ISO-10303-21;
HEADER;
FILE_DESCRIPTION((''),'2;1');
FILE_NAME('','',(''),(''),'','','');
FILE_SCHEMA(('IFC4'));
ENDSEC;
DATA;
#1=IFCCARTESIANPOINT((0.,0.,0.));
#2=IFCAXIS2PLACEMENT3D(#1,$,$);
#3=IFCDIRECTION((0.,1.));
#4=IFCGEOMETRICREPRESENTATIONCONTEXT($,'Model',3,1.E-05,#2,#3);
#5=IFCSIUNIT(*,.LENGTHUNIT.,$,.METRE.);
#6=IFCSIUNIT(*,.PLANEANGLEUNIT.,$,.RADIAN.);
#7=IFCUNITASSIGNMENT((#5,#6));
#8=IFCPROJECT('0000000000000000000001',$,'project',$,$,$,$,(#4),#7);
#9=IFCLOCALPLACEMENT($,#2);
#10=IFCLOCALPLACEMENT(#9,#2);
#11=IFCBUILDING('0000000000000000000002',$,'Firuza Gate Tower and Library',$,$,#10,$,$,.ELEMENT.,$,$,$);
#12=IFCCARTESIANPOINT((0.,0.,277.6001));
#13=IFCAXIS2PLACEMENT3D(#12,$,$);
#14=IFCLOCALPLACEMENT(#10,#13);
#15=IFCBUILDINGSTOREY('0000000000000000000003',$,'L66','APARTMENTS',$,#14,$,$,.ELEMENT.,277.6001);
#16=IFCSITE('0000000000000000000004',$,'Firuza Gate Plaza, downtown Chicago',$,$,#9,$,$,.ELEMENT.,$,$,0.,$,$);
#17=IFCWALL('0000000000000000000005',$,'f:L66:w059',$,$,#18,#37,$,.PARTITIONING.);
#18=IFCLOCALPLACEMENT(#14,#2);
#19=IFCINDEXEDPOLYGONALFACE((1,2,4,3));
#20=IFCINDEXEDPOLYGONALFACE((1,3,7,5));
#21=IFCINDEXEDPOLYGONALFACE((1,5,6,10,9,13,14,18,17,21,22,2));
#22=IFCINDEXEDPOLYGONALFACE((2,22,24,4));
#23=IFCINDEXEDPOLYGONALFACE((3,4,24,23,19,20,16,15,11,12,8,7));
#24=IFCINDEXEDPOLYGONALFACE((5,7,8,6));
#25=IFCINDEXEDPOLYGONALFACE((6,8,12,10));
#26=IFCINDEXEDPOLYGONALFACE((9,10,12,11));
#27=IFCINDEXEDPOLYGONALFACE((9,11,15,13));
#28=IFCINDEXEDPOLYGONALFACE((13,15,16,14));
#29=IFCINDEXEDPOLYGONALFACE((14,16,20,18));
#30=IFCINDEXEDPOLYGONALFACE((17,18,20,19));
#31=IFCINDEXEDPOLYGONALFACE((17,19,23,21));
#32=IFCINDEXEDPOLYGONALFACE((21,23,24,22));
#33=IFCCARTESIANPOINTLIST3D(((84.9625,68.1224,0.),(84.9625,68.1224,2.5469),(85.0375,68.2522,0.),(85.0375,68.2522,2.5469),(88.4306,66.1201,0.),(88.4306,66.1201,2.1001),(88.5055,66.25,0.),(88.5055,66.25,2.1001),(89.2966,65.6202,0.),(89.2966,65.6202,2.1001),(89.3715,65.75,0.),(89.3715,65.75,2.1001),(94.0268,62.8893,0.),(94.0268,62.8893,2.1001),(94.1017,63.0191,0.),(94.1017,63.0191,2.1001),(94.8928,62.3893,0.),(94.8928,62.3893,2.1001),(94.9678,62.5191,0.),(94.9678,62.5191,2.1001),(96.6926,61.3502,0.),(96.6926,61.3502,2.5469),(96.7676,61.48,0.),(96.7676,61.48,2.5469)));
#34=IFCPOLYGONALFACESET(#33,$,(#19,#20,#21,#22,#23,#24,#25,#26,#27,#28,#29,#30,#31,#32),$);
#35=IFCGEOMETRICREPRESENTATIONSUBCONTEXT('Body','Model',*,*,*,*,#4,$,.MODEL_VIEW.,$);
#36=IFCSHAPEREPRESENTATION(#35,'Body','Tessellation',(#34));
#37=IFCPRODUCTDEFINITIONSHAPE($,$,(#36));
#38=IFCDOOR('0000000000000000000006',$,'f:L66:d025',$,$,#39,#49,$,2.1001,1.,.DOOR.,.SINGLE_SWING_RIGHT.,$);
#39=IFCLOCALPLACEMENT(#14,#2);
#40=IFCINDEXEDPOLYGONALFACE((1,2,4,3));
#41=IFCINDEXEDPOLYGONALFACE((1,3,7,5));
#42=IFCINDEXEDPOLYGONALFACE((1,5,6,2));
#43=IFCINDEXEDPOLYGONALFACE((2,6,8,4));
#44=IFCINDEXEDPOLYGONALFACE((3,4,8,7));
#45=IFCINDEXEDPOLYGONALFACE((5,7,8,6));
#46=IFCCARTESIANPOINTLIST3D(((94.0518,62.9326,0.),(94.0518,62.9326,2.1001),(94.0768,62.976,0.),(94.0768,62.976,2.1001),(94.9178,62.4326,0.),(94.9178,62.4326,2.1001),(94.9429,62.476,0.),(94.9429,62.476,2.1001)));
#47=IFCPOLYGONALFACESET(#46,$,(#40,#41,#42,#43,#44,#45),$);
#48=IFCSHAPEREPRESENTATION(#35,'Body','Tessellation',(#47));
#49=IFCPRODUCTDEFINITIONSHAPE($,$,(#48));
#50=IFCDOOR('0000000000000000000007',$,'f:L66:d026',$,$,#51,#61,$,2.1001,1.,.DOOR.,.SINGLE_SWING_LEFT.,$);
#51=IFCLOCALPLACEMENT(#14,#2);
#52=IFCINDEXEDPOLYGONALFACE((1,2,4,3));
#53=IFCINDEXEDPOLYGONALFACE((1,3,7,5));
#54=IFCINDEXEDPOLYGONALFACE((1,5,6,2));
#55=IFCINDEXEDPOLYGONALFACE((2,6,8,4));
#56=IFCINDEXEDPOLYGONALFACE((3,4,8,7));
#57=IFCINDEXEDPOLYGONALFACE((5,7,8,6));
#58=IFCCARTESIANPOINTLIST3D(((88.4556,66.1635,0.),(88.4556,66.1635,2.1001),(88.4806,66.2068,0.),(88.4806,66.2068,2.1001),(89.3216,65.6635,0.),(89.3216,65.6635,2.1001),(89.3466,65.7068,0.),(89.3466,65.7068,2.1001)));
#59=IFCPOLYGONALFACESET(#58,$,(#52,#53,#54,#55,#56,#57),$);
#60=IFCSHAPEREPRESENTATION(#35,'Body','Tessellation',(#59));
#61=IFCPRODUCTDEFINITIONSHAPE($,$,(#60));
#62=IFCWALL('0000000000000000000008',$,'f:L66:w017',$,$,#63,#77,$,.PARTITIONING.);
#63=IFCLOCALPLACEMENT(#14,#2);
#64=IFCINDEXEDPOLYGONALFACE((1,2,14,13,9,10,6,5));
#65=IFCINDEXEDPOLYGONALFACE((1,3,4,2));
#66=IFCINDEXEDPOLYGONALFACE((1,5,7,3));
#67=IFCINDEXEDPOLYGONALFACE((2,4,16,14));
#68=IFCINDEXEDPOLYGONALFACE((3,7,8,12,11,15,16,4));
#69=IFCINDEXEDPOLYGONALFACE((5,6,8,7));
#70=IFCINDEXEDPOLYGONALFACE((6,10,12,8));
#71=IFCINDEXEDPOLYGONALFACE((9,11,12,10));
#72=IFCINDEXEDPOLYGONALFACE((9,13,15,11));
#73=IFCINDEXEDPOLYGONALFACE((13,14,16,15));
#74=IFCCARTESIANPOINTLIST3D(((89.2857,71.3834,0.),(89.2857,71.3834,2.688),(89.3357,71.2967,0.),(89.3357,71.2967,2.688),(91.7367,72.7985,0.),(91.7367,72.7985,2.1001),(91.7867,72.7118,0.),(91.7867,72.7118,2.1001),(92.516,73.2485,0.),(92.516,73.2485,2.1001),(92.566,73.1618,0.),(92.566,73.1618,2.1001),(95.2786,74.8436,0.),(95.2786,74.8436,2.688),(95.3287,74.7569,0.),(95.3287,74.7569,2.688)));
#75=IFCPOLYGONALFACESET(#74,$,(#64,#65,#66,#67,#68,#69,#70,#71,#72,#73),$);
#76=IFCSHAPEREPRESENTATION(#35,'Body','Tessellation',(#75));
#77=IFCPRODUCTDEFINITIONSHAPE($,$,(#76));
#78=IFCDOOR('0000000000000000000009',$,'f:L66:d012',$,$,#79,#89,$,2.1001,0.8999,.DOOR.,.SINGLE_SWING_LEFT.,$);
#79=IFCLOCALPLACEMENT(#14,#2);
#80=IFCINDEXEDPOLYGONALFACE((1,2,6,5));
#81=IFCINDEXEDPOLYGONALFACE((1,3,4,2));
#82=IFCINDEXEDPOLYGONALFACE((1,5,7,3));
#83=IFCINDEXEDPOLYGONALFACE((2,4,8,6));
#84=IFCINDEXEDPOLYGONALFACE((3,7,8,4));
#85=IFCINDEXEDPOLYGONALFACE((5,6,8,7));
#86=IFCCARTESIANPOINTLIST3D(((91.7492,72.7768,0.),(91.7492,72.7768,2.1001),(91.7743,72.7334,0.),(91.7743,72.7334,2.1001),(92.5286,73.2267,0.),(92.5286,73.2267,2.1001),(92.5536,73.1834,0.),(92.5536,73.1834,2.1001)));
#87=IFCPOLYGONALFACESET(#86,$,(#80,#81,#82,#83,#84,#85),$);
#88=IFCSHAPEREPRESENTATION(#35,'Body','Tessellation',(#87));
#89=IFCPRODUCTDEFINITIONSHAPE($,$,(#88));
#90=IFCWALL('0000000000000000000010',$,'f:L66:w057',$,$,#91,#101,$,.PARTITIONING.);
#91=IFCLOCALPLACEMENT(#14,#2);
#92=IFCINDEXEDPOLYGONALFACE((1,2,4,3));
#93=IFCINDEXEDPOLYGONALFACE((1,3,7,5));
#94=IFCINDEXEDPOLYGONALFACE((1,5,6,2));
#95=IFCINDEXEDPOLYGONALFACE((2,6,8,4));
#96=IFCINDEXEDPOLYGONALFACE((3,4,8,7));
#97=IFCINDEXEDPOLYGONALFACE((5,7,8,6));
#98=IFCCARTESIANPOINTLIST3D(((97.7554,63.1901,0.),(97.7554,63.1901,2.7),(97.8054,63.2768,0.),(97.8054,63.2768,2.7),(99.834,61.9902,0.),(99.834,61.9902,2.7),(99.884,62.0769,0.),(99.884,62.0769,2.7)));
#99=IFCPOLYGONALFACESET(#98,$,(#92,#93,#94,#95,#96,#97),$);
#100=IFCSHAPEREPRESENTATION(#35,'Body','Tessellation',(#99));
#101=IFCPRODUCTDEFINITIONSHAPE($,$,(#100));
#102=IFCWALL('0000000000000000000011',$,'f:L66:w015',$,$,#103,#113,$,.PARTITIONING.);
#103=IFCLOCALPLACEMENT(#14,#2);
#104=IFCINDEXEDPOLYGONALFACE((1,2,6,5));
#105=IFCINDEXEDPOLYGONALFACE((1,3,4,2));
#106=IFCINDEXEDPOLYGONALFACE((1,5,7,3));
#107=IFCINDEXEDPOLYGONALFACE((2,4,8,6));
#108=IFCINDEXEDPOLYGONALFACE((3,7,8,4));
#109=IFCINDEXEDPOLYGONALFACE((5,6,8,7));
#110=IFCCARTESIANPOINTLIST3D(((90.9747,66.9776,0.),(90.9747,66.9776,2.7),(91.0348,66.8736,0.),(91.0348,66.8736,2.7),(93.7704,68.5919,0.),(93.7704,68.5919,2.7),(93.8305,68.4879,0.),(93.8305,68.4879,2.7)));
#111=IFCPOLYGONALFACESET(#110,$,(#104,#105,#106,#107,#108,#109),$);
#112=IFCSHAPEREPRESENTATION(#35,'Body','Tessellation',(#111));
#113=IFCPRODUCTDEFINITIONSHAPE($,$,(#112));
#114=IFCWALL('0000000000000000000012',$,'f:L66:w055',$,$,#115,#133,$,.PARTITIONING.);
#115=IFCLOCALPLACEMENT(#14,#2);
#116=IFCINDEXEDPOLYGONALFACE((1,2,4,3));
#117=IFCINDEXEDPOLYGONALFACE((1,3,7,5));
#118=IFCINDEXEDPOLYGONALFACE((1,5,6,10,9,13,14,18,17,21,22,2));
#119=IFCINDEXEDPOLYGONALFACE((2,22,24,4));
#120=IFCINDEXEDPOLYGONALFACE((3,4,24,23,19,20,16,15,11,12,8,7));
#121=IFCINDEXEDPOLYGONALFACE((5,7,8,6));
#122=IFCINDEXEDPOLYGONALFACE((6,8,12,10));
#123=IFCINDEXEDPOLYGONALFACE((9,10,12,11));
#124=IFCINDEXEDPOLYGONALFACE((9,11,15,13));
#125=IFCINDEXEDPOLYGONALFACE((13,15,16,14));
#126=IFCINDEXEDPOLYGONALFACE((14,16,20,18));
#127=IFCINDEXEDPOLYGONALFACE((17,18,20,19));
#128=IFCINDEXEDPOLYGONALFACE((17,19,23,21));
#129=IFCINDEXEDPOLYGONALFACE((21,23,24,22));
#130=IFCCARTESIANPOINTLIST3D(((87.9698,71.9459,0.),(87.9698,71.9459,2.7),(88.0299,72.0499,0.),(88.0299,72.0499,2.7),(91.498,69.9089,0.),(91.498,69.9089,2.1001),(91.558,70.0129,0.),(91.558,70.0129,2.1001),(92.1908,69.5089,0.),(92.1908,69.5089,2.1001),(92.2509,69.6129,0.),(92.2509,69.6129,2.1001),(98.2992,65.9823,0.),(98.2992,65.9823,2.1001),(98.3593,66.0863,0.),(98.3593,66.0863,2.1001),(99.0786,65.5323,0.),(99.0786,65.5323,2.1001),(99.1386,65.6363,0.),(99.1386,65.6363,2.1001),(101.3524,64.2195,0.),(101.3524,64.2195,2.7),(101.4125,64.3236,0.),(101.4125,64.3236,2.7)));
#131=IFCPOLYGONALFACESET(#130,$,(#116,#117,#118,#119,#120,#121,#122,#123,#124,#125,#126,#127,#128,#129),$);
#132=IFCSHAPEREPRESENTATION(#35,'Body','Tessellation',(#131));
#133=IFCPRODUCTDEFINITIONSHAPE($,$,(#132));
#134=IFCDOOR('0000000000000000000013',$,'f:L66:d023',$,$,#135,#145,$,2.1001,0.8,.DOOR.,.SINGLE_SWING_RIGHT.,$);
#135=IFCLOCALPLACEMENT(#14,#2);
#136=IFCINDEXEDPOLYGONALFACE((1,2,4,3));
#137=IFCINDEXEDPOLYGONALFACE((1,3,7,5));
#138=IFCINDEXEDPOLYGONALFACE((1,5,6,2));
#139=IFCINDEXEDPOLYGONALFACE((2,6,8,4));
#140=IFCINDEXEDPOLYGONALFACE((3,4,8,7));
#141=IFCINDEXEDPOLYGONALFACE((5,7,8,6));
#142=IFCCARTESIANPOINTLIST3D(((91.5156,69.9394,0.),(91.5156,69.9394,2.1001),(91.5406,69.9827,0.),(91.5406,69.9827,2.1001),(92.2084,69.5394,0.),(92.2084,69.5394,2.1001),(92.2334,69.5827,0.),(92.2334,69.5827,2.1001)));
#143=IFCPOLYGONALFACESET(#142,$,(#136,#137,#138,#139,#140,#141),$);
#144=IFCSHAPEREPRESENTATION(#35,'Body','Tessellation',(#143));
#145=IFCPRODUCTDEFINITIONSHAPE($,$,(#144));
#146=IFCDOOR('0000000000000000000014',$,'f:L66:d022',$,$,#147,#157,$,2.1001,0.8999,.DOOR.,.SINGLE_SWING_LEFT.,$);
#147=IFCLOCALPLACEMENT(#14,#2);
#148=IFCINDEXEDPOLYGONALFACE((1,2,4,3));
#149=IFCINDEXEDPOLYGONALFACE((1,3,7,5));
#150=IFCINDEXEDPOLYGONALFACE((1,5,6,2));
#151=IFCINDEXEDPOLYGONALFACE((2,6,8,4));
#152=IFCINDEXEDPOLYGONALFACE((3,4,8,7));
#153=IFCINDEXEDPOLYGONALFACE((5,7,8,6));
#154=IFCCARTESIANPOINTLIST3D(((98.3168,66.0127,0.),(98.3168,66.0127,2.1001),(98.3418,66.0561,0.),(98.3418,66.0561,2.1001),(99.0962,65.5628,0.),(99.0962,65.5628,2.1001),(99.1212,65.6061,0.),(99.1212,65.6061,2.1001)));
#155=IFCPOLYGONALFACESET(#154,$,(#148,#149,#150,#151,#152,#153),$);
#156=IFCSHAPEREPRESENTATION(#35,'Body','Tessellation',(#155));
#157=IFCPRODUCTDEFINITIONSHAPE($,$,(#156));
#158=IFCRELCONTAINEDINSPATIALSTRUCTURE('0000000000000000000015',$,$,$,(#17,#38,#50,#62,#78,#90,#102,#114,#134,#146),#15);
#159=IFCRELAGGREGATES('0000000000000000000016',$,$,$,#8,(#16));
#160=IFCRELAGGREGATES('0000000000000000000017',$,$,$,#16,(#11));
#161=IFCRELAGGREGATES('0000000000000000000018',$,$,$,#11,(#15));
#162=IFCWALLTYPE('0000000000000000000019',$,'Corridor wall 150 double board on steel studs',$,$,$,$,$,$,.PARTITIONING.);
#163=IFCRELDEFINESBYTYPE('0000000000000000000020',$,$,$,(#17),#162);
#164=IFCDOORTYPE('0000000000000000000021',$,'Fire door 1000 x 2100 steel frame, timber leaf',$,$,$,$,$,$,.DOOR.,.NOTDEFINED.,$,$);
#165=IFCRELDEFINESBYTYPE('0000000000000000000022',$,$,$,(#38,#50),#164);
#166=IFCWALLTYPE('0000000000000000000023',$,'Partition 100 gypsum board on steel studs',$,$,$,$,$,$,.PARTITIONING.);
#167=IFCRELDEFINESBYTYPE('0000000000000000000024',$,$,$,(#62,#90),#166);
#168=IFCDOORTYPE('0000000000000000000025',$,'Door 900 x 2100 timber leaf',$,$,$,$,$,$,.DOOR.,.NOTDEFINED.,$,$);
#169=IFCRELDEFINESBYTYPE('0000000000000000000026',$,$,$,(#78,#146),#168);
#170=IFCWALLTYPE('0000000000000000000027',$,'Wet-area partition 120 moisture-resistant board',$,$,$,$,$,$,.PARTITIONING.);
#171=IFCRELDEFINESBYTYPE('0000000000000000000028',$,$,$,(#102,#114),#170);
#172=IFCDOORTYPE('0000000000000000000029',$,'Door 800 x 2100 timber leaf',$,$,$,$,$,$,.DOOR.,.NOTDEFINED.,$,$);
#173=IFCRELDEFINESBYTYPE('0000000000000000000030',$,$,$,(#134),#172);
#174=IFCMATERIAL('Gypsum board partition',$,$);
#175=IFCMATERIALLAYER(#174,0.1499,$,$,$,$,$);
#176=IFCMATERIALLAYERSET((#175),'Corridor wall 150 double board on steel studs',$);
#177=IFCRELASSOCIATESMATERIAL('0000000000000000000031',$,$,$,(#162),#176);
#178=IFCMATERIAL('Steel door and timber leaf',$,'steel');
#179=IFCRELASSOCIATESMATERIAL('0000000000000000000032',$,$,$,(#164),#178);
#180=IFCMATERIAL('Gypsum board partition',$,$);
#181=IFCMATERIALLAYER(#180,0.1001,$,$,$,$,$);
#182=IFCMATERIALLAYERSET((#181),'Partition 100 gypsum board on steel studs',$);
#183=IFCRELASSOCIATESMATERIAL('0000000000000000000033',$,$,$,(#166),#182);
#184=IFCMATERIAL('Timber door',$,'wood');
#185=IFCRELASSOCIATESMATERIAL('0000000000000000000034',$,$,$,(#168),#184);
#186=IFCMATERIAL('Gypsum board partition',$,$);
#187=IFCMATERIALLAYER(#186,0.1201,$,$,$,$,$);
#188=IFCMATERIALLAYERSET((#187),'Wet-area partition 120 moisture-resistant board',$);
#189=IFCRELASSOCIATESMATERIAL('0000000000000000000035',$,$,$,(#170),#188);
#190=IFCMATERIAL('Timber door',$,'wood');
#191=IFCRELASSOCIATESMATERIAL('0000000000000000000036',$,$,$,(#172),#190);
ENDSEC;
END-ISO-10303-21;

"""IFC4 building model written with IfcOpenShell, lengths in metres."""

from ifc_helpers import new_model, si_unit, direction, frame, frame_2d, origin, place, context, subcontext, project, spatial, rectangle, extrude, material, layer, layer_set, type_object, element, fill, save


model = new_model("IFC4")

# Units and contexts
model_context = context("Model", 3, precision=1e-05, world=origin(), true_north=direction((0.0, 1.0)))
body_context = subcontext(model_context, "Body", "Model", "MODEL_VIEW")
ifc_project = project(units=[si_unit("LENGTHUNIT", "METRE"), si_unit("PLANEANGLEUNIT", "RADIAN")], contexts=[model_context])

# Site, building, storey
site_placement = place(None, origin())
site = spatial("IfcSite", under=ifc_project, at=site_placement, Name="Firuza Gate Plaza, downtown Chicago", CompositionType="ELEMENT", RefElevation=0.0)
building_placement = place(site_placement, origin())
building = spatial("IfcBuilding", under=site, at=building_placement, Name="Firuza Gate Tower and Library", CompositionType="ELEMENT")
storey_placement = place(building_placement, frame((0.0, 0.0, 277.6001)))
storey = spatial("IfcBuildingStorey", under=building, at=storey_placement, Name="L66", Description="APARTMENTS", CompositionType="ELEMENT", Elevation=277.6001)

# Shared definitions
ifc_material_1 = material(Name="Gypsum board partition")
ifc_layer_1 = layer(ifc_material_1, 0.1499)
ifc_layer_set_1 = layer_set([ifc_layer_1], Name="Corridor wall 150 double board on steel studs")
wall_type_1 = type_object("IfcWallType", Name="Corridor wall 150 double board on steel studs", PredefinedType="PARTITIONING", material=ifc_layer_set_1)

# Wall, openings, doors
wall_1_placement = place(storey_placement, frame((96.7302, 61.415, 0.0), z_axis=(0.0, 0.0, 1.0), x_axis=(-0.866033, 0.499987, 0.0)))
wall_1 = element("IfcWall", 1, at=wall_1_placement, inside=storey, type_object=wall_type_1, Name="f:L66:w059", PredefinedType="PARTITIONING", context=body_context, shape_type="SweptSolid", body=[
    extrude(rectangle(XDim=13.5447, YDim=0.1499, at=frame_2d((6.7725, 0.0))), origin(), (0.0, 0.0, 1.0), 2.5469),
])
opening_1_placement = place(wall_1_placement, frame((2.0784, 0.0, 0.0)))
opening_1 = element("IfcOpeningElement", 2, at=opening_1_placement, cuts=wall_1, PredefinedType="OPENING", context=body_context, shape_type="SweptSolid", body=[
    extrude(rectangle(XDim=1.0, YDim=2.1001, at=frame_2d((0.5, 1.05))), frame((0.0, 0.085, 0.0), z_axis=(0.0, -1.0, 0.0), x_axis=(1.0, 0.0, 0.0)), (0.0, 0.0, 1.0), 0.1699),
])
opening_2_placement = place(wall_1_placement, frame((8.5403, 0.0, 0.0)))
opening_2 = element("IfcOpeningElement", 3, at=opening_2_placement, cuts=wall_1, PredefinedType="OPENING", context=body_context, shape_type="SweptSolid", body=[
    extrude(rectangle(XDim=1.0, YDim=2.1001, at=frame_2d((0.5, 1.05))), frame((0.0, 0.085, 0.0), z_axis=(0.0, -1.0, 0.0), x_axis=(1.0, 0.0, 0.0)), (0.0, 0.0, 1.0), 0.1699),
])
ifc_material_2 = material(Name="Steel door and timber leaf", Category="steel")
door_type_1 = type_object("IfcDoorType", Name="Fire door 1000 x 2100 steel frame, timber leaf", OperationType="NOTDEFINED", PredefinedType="DOOR", material=ifc_material_2)
door_1_placement = place(opening_1_placement, origin())
door_1 = element("IfcDoor", 4, at=door_1_placement, inside=storey, type_object=door_type_1, Name="f:L66:d025", OperationType="SINGLE_SWING_RIGHT", OverallHeight=2.1001, OverallWidth=1.0, PredefinedType="DOOR", context=body_context, shape_type="SweptSolid", body=[
    extrude(rectangle(XDim=1.0, YDim=2.1001, at=frame_2d((0.5, 1.05))), frame((0.0, 0.0249, 0.0), z_axis=(0.0, -1.0, 0.0), x_axis=(1.0, 0.0, 0.0)), (0.0, 0.0, 1.0), 0.05),
])
fill(opening_1, door_1)
door_2_placement = place(opening_2_placement, origin())
door_2 = element("IfcDoor", 5, at=door_2_placement, inside=storey, type_object=door_type_1, Name="f:L66:d026", OperationType="SINGLE_SWING_LEFT", OverallHeight=2.1001, OverallWidth=1.0, PredefinedType="DOOR", context=body_context, shape_type="SweptSolid", body=[
    extrude(rectangle(XDim=1.0, YDim=2.1001, at=frame_2d((0.5, 1.05))), frame((0.0, 0.0249, 0.0), z_axis=(0.0, -1.0, 0.0), x_axis=(1.0, 0.0, 0.0)), (0.0, 0.0, 1.0), 0.05),
])
fill(opening_2, door_2)

# Wall, opening, door
ifc_material_3 = material(Name="Gypsum board partition")
ifc_layer_2 = layer(ifc_material_3, 0.1001)
ifc_layer_set_2 = layer_set([ifc_layer_2], Name="Partition 100 gypsum board on steel studs")
wall_type_2 = type_object("IfcWallType", Name="Partition 100 gypsum board on steel studs", PredefinedType="PARTITIONING", material=ifc_layer_set_2)
wall_2_placement = place(storey_placement, frame((89.3108, 71.3401, 0.0), z_axis=(0.0, 0.0, 1.0), x_axis=(0.866013, 0.500021, 0.0)))
wall_2 = element("IfcWall", 6, at=wall_2_placement, inside=storey, type_object=wall_type_2, Name="f:L66:w017", PredefinedType="PARTITIONING", context=body_context, shape_type="SweptSolid", body=[
    extrude(rectangle(XDim=6.9202, YDim=0.1001, at=frame_2d((3.46, 0.0))), origin(), (0.0, 0.0, 1.0), 2.688),
])
opening_3_placement = place(wall_2_placement, frame((2.8301, 0.0, 0.0)))
opening_3 = element("IfcOpeningElement", 7, at=opening_3_placement, cuts=wall_2, PredefinedType="OPENING", context=body_context, shape_type="SweptSolid", body=[
    extrude(rectangle(XDim=0.8999, YDim=2.1001, at=frame_2d((0.45, 1.05))), frame((0.0, 0.0601, 0.0), z_axis=(0.0, -1.0, 0.0), x_axis=(1.0, 0.0, 0.0)), (0.0, 0.0, 1.0), 0.1201),
])
ifc_material_4 = material(Name="Timber door", Category="wood")
door_type_2 = type_object("IfcDoorType", Name="Door 900 x 2100 timber leaf", OperationType="NOTDEFINED", PredefinedType="DOOR", material=ifc_material_4)
door_3_placement = place(opening_3_placement, origin())
door_3 = element("IfcDoor", 8, at=door_3_placement, inside=storey, type_object=door_type_2, Name="f:L66:d012", OperationType="SINGLE_SWING_LEFT", OverallHeight=2.1001, OverallWidth=0.8999, PredefinedType="DOOR", context=body_context, shape_type="SweptSolid", body=[
    extrude(rectangle(XDim=0.8999, YDim=2.1001, at=frame_2d((0.45, 1.05))), frame((0.0, 0.0249, 0.0), z_axis=(0.0, -1.0, 0.0), x_axis=(1.0, 0.0, 0.0)), (0.0, 0.0, 1.0), 0.05),
])
fill(opening_3, door_3)

# Walls
wall_3_placement = place(storey_placement, frame((99.8591, 62.0334, 0.0), z_axis=(0.0, 0.0, 1.0), x_axis=(-0.86605, 0.499957, 0.0)))
element("IfcWall", 9, at=wall_3_placement, inside=storey, type_object=wall_type_2, Name="f:L66:w057", PredefinedType="PARTITIONING", context=body_context, shape_type="SweptSolid", body=[
    extrude(rectangle(XDim=2.4001, YDim=0.1001, at=frame_2d((1.2002, 0.0))), origin(), (0.0, 0.0, 1.0), 2.7),
])
ifc_material_5 = material(Name="Gypsum board partition")
ifc_layer_3 = layer(ifc_material_5, 0.1201)
ifc_layer_set_3 = layer_set([ifc_layer_3], Name="Wet-area partition 120 moisture-resistant board")
wall_type_3 = type_object("IfcWallType", Name="Wet-area partition 120 moisture-resistant board", PredefinedType="PARTITIONING", material=ifc_layer_set_3)
wall_4_placement = place(storey_placement, frame((91.0046, 66.9255, 0.0), z_axis=(0.0, 0.0, 1.0), x_axis=(0.866, 0.500043, 0.0)))
element("IfcWall", 10, at=wall_4_placement, inside=storey, type_object=wall_type_3, Name="f:L66:w015", PredefinedType="PARTITIONING", context=body_context, shape_type="SweptSolid", body=[
    extrude(rectangle(XDim=3.2283, YDim=0.1201, at=frame_2d((1.6143, 0.0))), origin(), (0.0, 0.0, 1.0), 2.7),
])

# Wall, openings, doors
wall_5_placement = place(storey_placement, frame((101.3826, 64.2715, 0.0), z_axis=(0.0, 0.0, 1.0), x_axis=(-0.866029, 0.499995, 0.0)))
wall_5 = element("IfcWall", 11, at=wall_5_placement, inside=storey, type_object=wall_type_3, Name="f:L66:w055", PredefinedType="PARTITIONING", context=body_context, shape_type="SweptSolid", body=[
    extrude(rectangle(XDim=15.4529, YDim=0.1201, at=frame_2d((7.7266, 0.0))), origin(), (0.0, 0.0, 1.0), 2.7),
])
opening_4_placement = place(wall_5_placement, frame((2.6257, 0.0, 0.0)))
opening_4 = element("IfcOpeningElement", 12, at=opening_4_placement, cuts=wall_5, PredefinedType="OPENING", context=body_context, shape_type="SweptSolid", body=[
    extrude(rectangle(XDim=0.8999, YDim=2.1001, at=frame_2d((0.45, 1.05))), frame((0.0, 0.0701, 0.0), z_axis=(0.0, -1.0, 0.0), x_axis=(1.0, 0.0, 0.0)), (0.0, 0.0, 1.0), 0.1401),
])
opening_5_placement = place(wall_5_placement, frame((10.5791, 0.0, 0.0)))
opening_5 = element("IfcOpeningElement", 13, at=opening_5_placement, cuts=wall_5, PredefinedType="OPENING", context=body_context, shape_type="SweptSolid", body=[
    extrude(rectangle(XDim=0.8, YDim=2.1001, at=frame_2d((0.3999, 1.05))), frame((0.0, 0.0701, 0.0), z_axis=(0.0, -1.0, 0.0), x_axis=(1.0, 0.0, 0.0)), (0.0, 0.0, 1.0), 0.1401),
])
ifc_material_6 = material(Name="Timber door", Category="wood")
door_type_3 = type_object("IfcDoorType", Name="Door 800 x 2100 timber leaf", OperationType="NOTDEFINED", PredefinedType="DOOR", material=ifc_material_6)
door_4_placement = place(opening_5_placement, origin())
door_4 = element("IfcDoor", 14, at=door_4_placement, inside=storey, type_object=door_type_3, Name="f:L66:d023", OperationType="SINGLE_SWING_RIGHT", OverallHeight=2.1001, OverallWidth=0.8, PredefinedType="DOOR", context=body_context, shape_type="SweptSolid", body=[
    extrude(rectangle(XDim=0.8, YDim=2.1001, at=frame_2d((0.3999, 1.05))), frame((0.0, 0.0249, 0.0), z_axis=(0.0, -1.0, 0.0), x_axis=(1.0, 0.0, 0.0)), (0.0, 0.0, 1.0), 0.05),
])
fill(opening_5, door_4)
door_5_placement = place(opening_4_placement, origin())
door_5 = element("IfcDoor", 15, at=door_5_placement, inside=storey, type_object=door_type_2, Name="f:L66:d022", OperationType="SINGLE_SWING_LEFT", OverallHeight=2.1001, OverallWidth=0.8999, PredefinedType="DOOR", context=body_context, shape_type="SweptSolid", body=[
    extrude(rectangle(XDim=0.8999, YDim=2.1001, at=frame_2d((0.45, 1.05))), frame((0.0, 0.0249, 0.0), z_axis=(0.0, -1.0, 0.0), x_axis=(1.0, 0.0, 0.0)), (0.0, 0.0, 1.0), 0.05),
])
fill(opening_4, door_5)

save(model, "model.ifc")
